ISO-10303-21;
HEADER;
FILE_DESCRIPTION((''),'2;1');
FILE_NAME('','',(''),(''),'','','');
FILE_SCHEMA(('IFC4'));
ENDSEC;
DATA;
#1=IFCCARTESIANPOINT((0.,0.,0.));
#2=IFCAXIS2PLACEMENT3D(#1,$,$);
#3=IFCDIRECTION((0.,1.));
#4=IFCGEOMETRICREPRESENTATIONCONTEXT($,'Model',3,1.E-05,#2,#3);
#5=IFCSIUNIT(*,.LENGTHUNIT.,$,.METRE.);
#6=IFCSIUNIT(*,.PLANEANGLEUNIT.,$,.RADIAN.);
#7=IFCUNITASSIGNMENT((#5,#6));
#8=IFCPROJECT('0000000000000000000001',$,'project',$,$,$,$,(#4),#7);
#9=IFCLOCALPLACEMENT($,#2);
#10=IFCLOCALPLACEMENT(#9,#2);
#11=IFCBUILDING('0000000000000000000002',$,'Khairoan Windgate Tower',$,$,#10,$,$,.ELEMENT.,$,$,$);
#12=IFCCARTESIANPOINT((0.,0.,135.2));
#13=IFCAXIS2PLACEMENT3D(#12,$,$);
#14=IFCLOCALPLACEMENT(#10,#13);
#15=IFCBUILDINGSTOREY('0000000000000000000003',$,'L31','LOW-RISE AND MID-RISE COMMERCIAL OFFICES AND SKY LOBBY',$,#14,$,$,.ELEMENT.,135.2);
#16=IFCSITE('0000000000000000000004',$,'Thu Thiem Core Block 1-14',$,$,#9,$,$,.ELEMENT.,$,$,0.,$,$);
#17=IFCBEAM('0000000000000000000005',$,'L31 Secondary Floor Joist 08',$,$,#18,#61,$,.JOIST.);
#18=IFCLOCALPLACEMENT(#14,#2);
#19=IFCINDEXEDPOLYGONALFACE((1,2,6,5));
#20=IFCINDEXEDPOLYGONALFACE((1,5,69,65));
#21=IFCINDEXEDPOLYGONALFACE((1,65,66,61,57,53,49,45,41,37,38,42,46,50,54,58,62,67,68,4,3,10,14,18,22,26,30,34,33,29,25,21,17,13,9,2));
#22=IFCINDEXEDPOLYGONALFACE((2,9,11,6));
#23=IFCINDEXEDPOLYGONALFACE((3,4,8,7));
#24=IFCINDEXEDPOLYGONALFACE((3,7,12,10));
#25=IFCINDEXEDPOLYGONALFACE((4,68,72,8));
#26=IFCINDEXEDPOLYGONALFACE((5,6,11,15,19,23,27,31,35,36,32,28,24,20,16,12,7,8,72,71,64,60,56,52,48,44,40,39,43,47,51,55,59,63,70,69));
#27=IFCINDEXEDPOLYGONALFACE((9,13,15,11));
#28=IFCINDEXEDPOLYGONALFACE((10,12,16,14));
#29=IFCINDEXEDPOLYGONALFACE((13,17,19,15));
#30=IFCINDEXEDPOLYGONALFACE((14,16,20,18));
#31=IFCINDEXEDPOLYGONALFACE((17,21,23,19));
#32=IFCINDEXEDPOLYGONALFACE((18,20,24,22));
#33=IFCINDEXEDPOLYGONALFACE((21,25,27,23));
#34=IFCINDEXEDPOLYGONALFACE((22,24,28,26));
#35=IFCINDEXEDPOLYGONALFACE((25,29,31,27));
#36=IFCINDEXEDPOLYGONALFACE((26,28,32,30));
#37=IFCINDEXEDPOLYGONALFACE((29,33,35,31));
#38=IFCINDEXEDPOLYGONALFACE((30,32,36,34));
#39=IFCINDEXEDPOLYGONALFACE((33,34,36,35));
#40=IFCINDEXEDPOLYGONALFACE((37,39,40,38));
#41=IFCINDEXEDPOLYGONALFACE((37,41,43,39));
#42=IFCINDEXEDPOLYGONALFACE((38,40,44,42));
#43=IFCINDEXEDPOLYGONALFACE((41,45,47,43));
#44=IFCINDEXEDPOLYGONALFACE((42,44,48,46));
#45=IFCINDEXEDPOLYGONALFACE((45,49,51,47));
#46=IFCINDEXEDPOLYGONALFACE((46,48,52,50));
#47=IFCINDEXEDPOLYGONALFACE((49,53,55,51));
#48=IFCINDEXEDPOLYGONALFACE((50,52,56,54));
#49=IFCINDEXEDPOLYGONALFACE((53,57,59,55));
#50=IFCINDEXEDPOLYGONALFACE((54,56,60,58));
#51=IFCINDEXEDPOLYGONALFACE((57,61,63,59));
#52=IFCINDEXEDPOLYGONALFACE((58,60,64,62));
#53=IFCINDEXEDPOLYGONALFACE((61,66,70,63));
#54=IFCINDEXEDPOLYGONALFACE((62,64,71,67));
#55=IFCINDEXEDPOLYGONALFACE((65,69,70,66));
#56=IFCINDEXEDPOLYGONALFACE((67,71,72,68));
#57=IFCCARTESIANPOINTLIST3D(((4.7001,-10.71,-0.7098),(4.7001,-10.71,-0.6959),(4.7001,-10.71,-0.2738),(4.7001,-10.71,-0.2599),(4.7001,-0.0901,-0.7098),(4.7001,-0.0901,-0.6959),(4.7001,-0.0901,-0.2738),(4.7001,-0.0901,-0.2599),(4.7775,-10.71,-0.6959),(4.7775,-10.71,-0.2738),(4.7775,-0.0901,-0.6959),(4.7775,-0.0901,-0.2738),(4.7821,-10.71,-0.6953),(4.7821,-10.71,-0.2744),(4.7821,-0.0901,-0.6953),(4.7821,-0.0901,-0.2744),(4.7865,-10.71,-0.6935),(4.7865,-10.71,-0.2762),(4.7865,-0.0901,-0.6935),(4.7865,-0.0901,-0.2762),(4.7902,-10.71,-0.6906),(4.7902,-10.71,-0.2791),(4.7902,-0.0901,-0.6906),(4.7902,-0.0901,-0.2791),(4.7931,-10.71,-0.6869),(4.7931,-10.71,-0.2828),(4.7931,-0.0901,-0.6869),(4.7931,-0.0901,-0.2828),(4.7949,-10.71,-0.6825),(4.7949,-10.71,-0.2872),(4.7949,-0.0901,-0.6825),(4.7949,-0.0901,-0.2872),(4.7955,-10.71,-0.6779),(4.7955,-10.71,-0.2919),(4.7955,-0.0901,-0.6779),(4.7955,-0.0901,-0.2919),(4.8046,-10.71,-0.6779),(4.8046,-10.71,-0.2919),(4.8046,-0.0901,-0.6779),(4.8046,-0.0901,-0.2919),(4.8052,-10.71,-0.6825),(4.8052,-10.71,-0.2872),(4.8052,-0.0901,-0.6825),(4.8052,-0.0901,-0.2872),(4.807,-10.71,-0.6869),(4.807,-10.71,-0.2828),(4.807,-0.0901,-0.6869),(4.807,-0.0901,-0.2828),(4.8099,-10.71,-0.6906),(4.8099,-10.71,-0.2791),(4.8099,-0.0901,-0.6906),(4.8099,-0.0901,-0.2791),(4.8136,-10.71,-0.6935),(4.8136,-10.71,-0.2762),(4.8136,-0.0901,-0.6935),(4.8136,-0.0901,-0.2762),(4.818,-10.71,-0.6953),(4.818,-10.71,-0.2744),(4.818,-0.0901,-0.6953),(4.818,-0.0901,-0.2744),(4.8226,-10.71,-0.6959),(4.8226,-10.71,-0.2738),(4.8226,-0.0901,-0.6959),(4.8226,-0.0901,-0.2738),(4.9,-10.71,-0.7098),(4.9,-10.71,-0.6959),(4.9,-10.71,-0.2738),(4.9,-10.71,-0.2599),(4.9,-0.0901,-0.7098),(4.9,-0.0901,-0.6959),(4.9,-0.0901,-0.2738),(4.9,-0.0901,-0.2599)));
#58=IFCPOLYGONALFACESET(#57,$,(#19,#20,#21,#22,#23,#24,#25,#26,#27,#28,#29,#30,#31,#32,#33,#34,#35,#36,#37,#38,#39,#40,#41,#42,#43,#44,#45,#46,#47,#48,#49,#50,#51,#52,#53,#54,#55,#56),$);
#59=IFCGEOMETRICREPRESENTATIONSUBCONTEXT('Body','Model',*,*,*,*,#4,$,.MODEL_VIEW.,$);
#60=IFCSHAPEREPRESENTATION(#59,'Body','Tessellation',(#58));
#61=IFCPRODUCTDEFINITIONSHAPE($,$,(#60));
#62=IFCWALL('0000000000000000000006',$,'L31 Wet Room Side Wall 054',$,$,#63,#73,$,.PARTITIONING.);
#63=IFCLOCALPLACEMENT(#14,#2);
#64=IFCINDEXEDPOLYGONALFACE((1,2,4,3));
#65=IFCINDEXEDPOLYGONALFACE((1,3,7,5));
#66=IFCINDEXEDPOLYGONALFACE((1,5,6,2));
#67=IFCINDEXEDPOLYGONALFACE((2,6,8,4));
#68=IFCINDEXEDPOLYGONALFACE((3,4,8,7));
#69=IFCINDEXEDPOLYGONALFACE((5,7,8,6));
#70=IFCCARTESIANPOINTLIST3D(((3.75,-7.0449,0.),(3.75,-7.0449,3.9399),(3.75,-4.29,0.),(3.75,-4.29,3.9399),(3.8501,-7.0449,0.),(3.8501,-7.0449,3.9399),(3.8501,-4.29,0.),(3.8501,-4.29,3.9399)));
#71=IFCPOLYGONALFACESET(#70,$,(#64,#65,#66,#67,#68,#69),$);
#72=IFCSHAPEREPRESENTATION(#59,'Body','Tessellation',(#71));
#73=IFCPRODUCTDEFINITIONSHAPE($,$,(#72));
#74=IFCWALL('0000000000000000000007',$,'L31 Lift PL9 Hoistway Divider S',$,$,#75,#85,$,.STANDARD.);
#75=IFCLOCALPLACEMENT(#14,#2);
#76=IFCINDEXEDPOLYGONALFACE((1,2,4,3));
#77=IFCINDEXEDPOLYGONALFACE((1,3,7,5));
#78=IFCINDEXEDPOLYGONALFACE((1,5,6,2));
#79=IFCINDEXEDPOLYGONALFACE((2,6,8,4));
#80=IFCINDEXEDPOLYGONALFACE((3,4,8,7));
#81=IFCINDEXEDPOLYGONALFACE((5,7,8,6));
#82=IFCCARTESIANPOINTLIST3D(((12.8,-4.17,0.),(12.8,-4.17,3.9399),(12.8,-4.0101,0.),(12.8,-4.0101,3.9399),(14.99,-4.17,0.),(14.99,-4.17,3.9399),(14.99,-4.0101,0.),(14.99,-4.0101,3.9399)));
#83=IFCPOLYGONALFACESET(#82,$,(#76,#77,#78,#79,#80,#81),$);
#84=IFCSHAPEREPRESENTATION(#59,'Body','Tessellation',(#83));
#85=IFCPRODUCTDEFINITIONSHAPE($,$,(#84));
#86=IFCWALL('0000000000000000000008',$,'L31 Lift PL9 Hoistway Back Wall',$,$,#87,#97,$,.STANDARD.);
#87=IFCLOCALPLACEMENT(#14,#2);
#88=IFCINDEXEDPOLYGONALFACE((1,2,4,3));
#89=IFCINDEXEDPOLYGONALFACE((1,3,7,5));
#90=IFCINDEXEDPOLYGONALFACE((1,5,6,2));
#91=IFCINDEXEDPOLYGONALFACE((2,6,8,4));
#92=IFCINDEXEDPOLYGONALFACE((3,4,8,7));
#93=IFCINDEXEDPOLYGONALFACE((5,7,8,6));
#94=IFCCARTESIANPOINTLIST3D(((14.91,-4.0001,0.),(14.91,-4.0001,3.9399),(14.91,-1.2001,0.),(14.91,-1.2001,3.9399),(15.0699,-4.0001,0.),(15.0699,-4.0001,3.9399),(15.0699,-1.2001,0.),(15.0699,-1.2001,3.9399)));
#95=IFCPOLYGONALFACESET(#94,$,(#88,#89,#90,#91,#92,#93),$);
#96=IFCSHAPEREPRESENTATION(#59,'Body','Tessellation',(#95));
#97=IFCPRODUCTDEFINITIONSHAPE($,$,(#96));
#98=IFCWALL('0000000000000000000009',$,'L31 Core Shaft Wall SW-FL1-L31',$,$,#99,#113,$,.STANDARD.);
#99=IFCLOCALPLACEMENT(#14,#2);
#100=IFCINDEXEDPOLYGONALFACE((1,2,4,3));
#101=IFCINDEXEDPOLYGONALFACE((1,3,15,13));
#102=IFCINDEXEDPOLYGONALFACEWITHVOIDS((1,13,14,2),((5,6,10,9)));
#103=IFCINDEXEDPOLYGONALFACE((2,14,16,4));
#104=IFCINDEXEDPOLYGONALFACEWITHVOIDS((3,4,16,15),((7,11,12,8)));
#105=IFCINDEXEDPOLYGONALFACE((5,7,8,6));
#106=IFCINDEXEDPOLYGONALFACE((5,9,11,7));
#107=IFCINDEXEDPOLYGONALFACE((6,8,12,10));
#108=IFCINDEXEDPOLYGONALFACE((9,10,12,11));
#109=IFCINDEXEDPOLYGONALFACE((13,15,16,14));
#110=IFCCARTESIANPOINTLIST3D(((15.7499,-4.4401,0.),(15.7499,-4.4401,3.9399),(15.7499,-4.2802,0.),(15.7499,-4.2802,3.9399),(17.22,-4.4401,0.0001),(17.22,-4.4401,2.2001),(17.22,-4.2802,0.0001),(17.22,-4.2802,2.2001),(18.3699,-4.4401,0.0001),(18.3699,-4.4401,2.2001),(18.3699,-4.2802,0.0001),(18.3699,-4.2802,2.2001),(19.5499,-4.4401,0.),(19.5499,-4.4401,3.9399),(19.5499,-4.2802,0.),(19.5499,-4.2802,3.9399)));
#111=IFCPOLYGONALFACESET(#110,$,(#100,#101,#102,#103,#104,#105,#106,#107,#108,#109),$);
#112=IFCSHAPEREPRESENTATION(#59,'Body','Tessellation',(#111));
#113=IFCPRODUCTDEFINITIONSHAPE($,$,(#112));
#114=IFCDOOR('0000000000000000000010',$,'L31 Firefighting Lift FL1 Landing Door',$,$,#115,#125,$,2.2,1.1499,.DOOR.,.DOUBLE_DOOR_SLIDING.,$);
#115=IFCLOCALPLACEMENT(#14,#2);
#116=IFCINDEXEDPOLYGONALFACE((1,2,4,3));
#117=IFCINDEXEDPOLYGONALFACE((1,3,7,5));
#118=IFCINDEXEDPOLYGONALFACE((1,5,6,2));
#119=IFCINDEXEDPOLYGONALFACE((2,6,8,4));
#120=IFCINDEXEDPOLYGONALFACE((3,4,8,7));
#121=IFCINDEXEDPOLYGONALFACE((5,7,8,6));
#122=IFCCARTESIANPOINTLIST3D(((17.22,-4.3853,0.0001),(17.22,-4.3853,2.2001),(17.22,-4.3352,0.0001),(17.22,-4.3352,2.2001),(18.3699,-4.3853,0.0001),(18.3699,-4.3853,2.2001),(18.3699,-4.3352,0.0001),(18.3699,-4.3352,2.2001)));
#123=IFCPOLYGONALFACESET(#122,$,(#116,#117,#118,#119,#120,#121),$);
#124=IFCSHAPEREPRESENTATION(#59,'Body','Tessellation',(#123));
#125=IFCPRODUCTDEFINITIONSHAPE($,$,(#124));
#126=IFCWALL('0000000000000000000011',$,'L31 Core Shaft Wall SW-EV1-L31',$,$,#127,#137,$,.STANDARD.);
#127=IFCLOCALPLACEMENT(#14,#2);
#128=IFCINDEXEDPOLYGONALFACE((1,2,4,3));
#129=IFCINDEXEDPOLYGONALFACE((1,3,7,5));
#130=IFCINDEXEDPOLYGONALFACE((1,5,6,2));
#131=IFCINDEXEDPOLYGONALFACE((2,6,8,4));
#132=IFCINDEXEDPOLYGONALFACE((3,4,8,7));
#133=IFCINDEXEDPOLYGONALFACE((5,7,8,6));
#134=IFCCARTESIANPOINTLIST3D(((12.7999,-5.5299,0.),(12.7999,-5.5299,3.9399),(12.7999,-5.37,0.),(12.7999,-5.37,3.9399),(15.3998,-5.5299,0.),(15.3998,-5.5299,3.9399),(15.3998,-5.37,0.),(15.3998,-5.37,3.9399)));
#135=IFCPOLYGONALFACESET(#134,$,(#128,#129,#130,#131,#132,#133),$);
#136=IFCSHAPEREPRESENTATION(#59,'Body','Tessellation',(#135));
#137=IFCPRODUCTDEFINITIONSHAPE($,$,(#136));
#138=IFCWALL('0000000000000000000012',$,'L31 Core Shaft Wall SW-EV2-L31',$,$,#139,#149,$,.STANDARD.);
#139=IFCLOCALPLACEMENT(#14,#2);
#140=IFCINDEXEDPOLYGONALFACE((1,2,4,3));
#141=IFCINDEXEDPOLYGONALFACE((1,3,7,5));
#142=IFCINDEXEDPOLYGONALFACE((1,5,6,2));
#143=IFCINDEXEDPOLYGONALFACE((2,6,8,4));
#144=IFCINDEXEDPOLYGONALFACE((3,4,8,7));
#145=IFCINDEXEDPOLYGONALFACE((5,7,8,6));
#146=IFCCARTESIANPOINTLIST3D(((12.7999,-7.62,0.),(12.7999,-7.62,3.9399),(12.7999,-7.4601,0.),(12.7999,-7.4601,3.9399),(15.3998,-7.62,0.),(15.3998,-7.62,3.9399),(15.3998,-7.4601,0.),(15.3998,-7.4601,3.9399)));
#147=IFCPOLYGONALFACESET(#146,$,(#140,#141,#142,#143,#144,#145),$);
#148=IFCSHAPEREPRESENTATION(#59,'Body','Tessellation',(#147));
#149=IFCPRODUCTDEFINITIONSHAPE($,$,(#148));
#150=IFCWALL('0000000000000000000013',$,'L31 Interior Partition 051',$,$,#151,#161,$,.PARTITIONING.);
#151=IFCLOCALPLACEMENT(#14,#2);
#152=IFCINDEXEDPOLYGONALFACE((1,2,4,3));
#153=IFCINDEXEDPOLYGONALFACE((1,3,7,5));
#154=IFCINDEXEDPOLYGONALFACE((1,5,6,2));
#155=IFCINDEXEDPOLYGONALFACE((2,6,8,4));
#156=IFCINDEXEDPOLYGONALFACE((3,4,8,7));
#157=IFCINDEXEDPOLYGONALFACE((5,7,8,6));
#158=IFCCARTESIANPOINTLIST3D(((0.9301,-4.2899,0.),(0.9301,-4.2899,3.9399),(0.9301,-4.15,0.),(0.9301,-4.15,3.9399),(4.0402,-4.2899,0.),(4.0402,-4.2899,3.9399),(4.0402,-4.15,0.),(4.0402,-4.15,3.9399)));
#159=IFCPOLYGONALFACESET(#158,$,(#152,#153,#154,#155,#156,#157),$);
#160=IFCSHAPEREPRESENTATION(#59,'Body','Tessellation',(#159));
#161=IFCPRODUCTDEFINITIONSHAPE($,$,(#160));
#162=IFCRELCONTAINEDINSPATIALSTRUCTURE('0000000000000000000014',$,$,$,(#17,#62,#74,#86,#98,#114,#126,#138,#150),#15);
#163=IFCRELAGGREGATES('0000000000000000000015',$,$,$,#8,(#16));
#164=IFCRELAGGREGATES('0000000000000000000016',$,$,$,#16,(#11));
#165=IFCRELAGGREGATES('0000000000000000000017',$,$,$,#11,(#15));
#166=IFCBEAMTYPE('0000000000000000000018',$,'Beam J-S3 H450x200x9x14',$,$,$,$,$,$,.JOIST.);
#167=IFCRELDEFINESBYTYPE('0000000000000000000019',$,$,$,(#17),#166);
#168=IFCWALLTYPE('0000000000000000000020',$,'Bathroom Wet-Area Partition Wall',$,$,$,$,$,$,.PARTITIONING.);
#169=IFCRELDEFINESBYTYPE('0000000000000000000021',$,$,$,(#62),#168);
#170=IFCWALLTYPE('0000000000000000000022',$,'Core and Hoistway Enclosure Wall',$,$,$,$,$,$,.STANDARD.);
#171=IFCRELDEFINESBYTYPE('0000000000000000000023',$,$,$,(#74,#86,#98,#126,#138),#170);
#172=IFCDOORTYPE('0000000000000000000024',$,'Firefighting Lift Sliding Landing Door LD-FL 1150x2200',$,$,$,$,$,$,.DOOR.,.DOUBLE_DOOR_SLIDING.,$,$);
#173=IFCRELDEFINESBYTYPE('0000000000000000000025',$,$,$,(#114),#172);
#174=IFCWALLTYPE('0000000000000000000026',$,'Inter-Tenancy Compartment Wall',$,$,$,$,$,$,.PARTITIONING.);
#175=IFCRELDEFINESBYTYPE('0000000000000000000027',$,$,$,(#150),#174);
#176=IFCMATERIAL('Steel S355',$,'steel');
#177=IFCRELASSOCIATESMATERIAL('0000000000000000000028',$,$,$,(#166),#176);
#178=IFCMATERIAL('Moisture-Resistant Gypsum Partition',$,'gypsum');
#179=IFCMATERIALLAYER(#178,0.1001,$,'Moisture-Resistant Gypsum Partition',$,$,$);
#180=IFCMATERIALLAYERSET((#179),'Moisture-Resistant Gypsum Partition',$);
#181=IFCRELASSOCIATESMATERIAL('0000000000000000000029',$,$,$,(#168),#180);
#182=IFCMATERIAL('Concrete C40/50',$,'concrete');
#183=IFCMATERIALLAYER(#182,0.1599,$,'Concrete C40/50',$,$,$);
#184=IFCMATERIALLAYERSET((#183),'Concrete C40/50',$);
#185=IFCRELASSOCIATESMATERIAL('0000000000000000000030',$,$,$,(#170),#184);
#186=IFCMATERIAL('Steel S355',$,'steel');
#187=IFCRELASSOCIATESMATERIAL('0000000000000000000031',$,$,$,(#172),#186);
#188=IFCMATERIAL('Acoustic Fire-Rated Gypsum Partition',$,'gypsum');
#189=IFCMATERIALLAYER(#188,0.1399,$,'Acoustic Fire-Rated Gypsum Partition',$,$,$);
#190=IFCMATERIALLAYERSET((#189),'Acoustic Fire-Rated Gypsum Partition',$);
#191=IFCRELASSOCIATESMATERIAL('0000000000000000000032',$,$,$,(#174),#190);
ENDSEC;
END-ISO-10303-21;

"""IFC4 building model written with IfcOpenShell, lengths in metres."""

from ifc_helpers import new_model, si_unit, direction, frame, frame_2d, origin, origin_2d, place, context, subcontext, project, spatial, rectangle, i_section, extrude, material, layer, layer_set, material_profile, profile_set, type_object, element, fill, save


model = new_model("IFC4")

# Units and contexts
model_context = context("Model", 3, precision=1e-05, world=origin(), true_north=direction((0.0, 1.0)))
body_context = subcontext(model_context, "Body", "Model", "MODEL_VIEW")
ifc_project = project(units=[si_unit("LENGTHUNIT", "METRE"), si_unit("PLANEANGLEUNIT", "RADIAN")], contexts=[model_context])

# Site, building, storey
site_placement = place(None, origin())
site = spatial("IfcSite", under=ifc_project, at=site_placement, Name="Thu Thiem Core Block 1-14", CompositionType="ELEMENT", RefElevation=0.0)
building_placement = place(site_placement, origin())
building = spatial("IfcBuilding", under=site, at=building_placement, Name="Khairoan Windgate Tower", CompositionType="ELEMENT")
storey_placement = place(building_placement, frame((0.0, 0.0, 135.2)))
storey = spatial("IfcBuildingStorey", under=building, at=storey_placement, Name="L31", Description="LOW-RISE AND MID-RISE COMMERCIAL OFFICES AND SKY LOBBY", CompositionType="ELEMENT", Elevation=135.2)

# Beam
ifc_material_1 = material(Name="Steel S355", Category="steel")
ifc_material_profile_1 = material_profile(ifc_material_1, i_section(OverallWidth=0.2, OverallDepth=0.45, WebThickness=0.009, FlangeThickness=0.0139, FilletRadius=0.0181, at=origin_2d()))
ifc_profile_set_1 = profile_set([ifc_material_profile_1], Name="Steel S355")
beam_type_1 = type_object("IfcBeamType", Name="Beam J-S3 H450x200x9x14", PredefinedType="JOIST", material=ifc_profile_set_1)
beam_1_placement = place(storey_placement, frame((4.8, -10.71, -0.4849), z_axis=(0.0, 1.0, 0.0), x_axis=(-1.0, 0.0, 0.0)))
element("IfcBeam", 1, at=beam_1_placement, inside=storey, type_object=beam_type_1, Name="L31 Secondary Floor Joist 08", PredefinedType="JOIST", context=body_context, shape_type="SweptSolid", body=[
    extrude(i_section(OverallWidth=0.2, OverallDepth=0.45, WebThickness=0.009, FlangeThickness=0.0139, FilletRadius=0.0181, at=origin_2d()), origin(), (0.0, 0.0, 1.0), 10.6199),
])

# Walls
ifc_material_2 = material(Name="Moisture-Resistant Gypsum Partition", Category="gypsum")
ifc_layer_1 = layer(ifc_material_2, 0.1001, Name="Moisture-Resistant Gypsum Partition")
ifc_layer_set_1 = layer_set([ifc_layer_1], Name="Moisture-Resistant Gypsum Partition")
wall_type_1 = type_object("IfcWallType", Name="Bathroom Wet-Area Partition Wall", PredefinedType="PARTITIONING", material=ifc_layer_set_1)
wall_1_placement = place(storey_placement, frame((3.8, -4.29, 0.0), z_axis=(0.0, 0.0, 1.0), x_axis=(0.0, -1.0, 0.0)))
element("IfcWall", 2, at=wall_1_placement, inside=storey, type_object=wall_type_1, Name="L31 Wet Room Side Wall 054", PredefinedType="PARTITIONING", context=body_context, shape_type="SweptSolid", body=[
    extrude(rectangle(XDim=2.7549, YDim=0.1001, at=frame_2d((1.3774, 0.0))), origin(), (0.0, 0.0, 1.0), 3.9399),
])
ifc_material_3 = material(Name="Concrete C40/50", Category="concrete")
ifc_layer_2 = layer(ifc_material_3, 0.1599, Name="Concrete C40/50")
ifc_layer_set_2 = layer_set([ifc_layer_2], Name="Concrete C40/50")
wall_type_2 = type_object("IfcWallType", Name="Core and Hoistway Enclosure Wall", PredefinedType="STANDARD", material=ifc_layer_set_2)
wall_2_placement = place(storey_placement, frame((12.8, -4.0901, 0.0), z_axis=(0.0, 0.0, 1.0), x_axis=(1.0, 0.0, 0.0)))
element("IfcWall", 3, at=wall_2_placement, inside=storey, type_object=wall_type_2, Name="L31 Lift PL9 Hoistway Divider S", PredefinedType="STANDARD", context=body_context, shape_type="SweptSolid", body=[
    extrude(rectangle(XDim=2.1899, YDim=0.1599, at=frame_2d((1.095, 0.0))), origin(), (0.0, 0.0, 1.0), 3.9399),
])
wall_3_placement = place(storey_placement, frame((14.99, -4.0, 0.0), z_axis=(0.0, 0.0, 1.0), x_axis=(0.0, 1.0, 0.0)))
element("IfcWall", 4, at=wall_3_placement, inside=storey, type_object=wall_type_2, Name="L31 Lift PL9 Hoistway Back Wall", PredefinedType="STANDARD", context=body_context, shape_type="SweptSolid", body=[
    extrude(rectangle(XDim=2.8, YDim=0.1599, at=frame_2d((1.3999, 0.0))), origin(), (0.0, 0.0, 1.0), 3.9399),
])

# Wall, opening, door
wall_4_placement = place(storey_placement, frame((15.75, -4.3601, 0.0), z_axis=(0.0, 0.0, 1.0), x_axis=(1.0, 0.0, 0.0)))
wall_4 = element("IfcWall", 5, at=wall_4_placement, inside=storey, type_object=wall_type_2, Name="L31 Core Shaft Wall SW-FL1-L31", PredefinedType="STANDARD", context=body_context, shape_type="SweptSolid", body=[
    extrude(rectangle(XDim=3.8, YDim=0.1599, at=frame_2d((1.8999, 0.0))), origin(), (0.0, 0.0, 1.0), 3.9399),
])
opening_1_placement = place(wall_4_placement, frame((1.47, 0.0, 0.0)))
opening_1 = element("IfcOpeningElement", 6, at=opening_1_placement, cuts=wall_4, PredefinedType="OPENING", context=body_context, shape_type="SweptSolid", body=[
    extrude(rectangle(XDim=1.1499, YDim=2.2, at=frame_2d((0.575, 1.1001))), frame((0.0, 0.0898, 0.0), z_axis=(0.0, -1.0, 0.0), x_axis=(1.0, 0.0, 0.0)), (0.0, 0.0, 1.0), 0.1799),
])
ifc_material_4 = material(Name="Steel S355", Category="steel")
door_type_1 = type_object("IfcDoorType", Name="Firefighting Lift Sliding Landing Door LD-FL 1150x2200", OperationType="DOUBLE_DOOR_SLIDING", PredefinedType="DOOR", material=ifc_material_4)
door_1_placement = place(opening_1_placement, origin())
door_1 = element("IfcDoor", 7, at=door_1_placement, inside=storey, type_object=door_type_1, Name="L31 Firefighting Lift FL1 Landing Door", OperationType="DOUBLE_DOOR_SLIDING", OverallHeight=2.2, OverallWidth=1.1499, PredefinedType="DOOR", context=body_context, shape_type="SweptSolid", body=[
    extrude(rectangle(XDim=1.1499, YDim=2.2, at=frame_2d((0.575, 1.1001))), frame((0.0, 0.0249, 0.0), z_axis=(0.0, -1.0, 0.0), x_axis=(1.0, 0.0, 0.0)), (0.0, 0.0, 1.0), 0.05),
])
fill(opening_1, door_1)

# Walls
for number, where, z_axis, x_axis, name in (
    (8, (12.8, -5.45, 0.0), (0.0, 0.0, 1.0), (1.0, 0.0, 0.0), "L31 Core Shaft Wall SW-EV1-L31"),
    (9, (12.8, -7.54, 0.0), (0.0, 0.0, 1.0), (1.0, 0.0, 0.0), "L31 Core Shaft Wall SW-EV2-L31"),
):
    element("IfcWall", number, at=place(storey_placement, frame(where, z_axis=z_axis, x_axis=x_axis)), inside=storey, type_object=wall_type_2, Name=name, PredefinedType="STANDARD", context=body_context, shape_type="SweptSolid", body=[
        extrude(rectangle(XDim=2.5999, YDim=0.1599, at=frame_2d((1.2998, 0.0))), origin(), (0.0, 0.0, 1.0), 3.9399),
    ])
ifc_material_5 = material(Name="Acoustic Fire-Rated Gypsum Partition", Category="gypsum")
ifc_layer_3 = layer(ifc_material_5, 0.1399, Name="Acoustic Fire-Rated Gypsum Partition")
ifc_layer_set_3 = layer_set([ifc_layer_3], Name="Acoustic Fire-Rated Gypsum Partition")
wall_type_3 = type_object("IfcWallType", Name="Inter-Tenancy Compartment Wall", PredefinedType="PARTITIONING", material=ifc_layer_set_3)
wall_5_placement = place(storey_placement, frame((0.9299, -4.22, 0.0), z_axis=(0.0, 0.0, 1.0), x_axis=(1.0, 0.0, 0.0)))
element("IfcWall", 10, at=wall_5_placement, inside=storey, type_object=wall_type_3, Name="L31 Interior Partition 051", PredefinedType="PARTITIONING", context=body_context, shape_type="SweptSolid", body=[
    extrude(rectangle(XDim=3.1101, YDim=0.1399, at=frame_2d((1.5552, 0.0))), origin(), (0.0, 0.0, 1.0), 3.9399),
])

save(model, "model.ifc")
